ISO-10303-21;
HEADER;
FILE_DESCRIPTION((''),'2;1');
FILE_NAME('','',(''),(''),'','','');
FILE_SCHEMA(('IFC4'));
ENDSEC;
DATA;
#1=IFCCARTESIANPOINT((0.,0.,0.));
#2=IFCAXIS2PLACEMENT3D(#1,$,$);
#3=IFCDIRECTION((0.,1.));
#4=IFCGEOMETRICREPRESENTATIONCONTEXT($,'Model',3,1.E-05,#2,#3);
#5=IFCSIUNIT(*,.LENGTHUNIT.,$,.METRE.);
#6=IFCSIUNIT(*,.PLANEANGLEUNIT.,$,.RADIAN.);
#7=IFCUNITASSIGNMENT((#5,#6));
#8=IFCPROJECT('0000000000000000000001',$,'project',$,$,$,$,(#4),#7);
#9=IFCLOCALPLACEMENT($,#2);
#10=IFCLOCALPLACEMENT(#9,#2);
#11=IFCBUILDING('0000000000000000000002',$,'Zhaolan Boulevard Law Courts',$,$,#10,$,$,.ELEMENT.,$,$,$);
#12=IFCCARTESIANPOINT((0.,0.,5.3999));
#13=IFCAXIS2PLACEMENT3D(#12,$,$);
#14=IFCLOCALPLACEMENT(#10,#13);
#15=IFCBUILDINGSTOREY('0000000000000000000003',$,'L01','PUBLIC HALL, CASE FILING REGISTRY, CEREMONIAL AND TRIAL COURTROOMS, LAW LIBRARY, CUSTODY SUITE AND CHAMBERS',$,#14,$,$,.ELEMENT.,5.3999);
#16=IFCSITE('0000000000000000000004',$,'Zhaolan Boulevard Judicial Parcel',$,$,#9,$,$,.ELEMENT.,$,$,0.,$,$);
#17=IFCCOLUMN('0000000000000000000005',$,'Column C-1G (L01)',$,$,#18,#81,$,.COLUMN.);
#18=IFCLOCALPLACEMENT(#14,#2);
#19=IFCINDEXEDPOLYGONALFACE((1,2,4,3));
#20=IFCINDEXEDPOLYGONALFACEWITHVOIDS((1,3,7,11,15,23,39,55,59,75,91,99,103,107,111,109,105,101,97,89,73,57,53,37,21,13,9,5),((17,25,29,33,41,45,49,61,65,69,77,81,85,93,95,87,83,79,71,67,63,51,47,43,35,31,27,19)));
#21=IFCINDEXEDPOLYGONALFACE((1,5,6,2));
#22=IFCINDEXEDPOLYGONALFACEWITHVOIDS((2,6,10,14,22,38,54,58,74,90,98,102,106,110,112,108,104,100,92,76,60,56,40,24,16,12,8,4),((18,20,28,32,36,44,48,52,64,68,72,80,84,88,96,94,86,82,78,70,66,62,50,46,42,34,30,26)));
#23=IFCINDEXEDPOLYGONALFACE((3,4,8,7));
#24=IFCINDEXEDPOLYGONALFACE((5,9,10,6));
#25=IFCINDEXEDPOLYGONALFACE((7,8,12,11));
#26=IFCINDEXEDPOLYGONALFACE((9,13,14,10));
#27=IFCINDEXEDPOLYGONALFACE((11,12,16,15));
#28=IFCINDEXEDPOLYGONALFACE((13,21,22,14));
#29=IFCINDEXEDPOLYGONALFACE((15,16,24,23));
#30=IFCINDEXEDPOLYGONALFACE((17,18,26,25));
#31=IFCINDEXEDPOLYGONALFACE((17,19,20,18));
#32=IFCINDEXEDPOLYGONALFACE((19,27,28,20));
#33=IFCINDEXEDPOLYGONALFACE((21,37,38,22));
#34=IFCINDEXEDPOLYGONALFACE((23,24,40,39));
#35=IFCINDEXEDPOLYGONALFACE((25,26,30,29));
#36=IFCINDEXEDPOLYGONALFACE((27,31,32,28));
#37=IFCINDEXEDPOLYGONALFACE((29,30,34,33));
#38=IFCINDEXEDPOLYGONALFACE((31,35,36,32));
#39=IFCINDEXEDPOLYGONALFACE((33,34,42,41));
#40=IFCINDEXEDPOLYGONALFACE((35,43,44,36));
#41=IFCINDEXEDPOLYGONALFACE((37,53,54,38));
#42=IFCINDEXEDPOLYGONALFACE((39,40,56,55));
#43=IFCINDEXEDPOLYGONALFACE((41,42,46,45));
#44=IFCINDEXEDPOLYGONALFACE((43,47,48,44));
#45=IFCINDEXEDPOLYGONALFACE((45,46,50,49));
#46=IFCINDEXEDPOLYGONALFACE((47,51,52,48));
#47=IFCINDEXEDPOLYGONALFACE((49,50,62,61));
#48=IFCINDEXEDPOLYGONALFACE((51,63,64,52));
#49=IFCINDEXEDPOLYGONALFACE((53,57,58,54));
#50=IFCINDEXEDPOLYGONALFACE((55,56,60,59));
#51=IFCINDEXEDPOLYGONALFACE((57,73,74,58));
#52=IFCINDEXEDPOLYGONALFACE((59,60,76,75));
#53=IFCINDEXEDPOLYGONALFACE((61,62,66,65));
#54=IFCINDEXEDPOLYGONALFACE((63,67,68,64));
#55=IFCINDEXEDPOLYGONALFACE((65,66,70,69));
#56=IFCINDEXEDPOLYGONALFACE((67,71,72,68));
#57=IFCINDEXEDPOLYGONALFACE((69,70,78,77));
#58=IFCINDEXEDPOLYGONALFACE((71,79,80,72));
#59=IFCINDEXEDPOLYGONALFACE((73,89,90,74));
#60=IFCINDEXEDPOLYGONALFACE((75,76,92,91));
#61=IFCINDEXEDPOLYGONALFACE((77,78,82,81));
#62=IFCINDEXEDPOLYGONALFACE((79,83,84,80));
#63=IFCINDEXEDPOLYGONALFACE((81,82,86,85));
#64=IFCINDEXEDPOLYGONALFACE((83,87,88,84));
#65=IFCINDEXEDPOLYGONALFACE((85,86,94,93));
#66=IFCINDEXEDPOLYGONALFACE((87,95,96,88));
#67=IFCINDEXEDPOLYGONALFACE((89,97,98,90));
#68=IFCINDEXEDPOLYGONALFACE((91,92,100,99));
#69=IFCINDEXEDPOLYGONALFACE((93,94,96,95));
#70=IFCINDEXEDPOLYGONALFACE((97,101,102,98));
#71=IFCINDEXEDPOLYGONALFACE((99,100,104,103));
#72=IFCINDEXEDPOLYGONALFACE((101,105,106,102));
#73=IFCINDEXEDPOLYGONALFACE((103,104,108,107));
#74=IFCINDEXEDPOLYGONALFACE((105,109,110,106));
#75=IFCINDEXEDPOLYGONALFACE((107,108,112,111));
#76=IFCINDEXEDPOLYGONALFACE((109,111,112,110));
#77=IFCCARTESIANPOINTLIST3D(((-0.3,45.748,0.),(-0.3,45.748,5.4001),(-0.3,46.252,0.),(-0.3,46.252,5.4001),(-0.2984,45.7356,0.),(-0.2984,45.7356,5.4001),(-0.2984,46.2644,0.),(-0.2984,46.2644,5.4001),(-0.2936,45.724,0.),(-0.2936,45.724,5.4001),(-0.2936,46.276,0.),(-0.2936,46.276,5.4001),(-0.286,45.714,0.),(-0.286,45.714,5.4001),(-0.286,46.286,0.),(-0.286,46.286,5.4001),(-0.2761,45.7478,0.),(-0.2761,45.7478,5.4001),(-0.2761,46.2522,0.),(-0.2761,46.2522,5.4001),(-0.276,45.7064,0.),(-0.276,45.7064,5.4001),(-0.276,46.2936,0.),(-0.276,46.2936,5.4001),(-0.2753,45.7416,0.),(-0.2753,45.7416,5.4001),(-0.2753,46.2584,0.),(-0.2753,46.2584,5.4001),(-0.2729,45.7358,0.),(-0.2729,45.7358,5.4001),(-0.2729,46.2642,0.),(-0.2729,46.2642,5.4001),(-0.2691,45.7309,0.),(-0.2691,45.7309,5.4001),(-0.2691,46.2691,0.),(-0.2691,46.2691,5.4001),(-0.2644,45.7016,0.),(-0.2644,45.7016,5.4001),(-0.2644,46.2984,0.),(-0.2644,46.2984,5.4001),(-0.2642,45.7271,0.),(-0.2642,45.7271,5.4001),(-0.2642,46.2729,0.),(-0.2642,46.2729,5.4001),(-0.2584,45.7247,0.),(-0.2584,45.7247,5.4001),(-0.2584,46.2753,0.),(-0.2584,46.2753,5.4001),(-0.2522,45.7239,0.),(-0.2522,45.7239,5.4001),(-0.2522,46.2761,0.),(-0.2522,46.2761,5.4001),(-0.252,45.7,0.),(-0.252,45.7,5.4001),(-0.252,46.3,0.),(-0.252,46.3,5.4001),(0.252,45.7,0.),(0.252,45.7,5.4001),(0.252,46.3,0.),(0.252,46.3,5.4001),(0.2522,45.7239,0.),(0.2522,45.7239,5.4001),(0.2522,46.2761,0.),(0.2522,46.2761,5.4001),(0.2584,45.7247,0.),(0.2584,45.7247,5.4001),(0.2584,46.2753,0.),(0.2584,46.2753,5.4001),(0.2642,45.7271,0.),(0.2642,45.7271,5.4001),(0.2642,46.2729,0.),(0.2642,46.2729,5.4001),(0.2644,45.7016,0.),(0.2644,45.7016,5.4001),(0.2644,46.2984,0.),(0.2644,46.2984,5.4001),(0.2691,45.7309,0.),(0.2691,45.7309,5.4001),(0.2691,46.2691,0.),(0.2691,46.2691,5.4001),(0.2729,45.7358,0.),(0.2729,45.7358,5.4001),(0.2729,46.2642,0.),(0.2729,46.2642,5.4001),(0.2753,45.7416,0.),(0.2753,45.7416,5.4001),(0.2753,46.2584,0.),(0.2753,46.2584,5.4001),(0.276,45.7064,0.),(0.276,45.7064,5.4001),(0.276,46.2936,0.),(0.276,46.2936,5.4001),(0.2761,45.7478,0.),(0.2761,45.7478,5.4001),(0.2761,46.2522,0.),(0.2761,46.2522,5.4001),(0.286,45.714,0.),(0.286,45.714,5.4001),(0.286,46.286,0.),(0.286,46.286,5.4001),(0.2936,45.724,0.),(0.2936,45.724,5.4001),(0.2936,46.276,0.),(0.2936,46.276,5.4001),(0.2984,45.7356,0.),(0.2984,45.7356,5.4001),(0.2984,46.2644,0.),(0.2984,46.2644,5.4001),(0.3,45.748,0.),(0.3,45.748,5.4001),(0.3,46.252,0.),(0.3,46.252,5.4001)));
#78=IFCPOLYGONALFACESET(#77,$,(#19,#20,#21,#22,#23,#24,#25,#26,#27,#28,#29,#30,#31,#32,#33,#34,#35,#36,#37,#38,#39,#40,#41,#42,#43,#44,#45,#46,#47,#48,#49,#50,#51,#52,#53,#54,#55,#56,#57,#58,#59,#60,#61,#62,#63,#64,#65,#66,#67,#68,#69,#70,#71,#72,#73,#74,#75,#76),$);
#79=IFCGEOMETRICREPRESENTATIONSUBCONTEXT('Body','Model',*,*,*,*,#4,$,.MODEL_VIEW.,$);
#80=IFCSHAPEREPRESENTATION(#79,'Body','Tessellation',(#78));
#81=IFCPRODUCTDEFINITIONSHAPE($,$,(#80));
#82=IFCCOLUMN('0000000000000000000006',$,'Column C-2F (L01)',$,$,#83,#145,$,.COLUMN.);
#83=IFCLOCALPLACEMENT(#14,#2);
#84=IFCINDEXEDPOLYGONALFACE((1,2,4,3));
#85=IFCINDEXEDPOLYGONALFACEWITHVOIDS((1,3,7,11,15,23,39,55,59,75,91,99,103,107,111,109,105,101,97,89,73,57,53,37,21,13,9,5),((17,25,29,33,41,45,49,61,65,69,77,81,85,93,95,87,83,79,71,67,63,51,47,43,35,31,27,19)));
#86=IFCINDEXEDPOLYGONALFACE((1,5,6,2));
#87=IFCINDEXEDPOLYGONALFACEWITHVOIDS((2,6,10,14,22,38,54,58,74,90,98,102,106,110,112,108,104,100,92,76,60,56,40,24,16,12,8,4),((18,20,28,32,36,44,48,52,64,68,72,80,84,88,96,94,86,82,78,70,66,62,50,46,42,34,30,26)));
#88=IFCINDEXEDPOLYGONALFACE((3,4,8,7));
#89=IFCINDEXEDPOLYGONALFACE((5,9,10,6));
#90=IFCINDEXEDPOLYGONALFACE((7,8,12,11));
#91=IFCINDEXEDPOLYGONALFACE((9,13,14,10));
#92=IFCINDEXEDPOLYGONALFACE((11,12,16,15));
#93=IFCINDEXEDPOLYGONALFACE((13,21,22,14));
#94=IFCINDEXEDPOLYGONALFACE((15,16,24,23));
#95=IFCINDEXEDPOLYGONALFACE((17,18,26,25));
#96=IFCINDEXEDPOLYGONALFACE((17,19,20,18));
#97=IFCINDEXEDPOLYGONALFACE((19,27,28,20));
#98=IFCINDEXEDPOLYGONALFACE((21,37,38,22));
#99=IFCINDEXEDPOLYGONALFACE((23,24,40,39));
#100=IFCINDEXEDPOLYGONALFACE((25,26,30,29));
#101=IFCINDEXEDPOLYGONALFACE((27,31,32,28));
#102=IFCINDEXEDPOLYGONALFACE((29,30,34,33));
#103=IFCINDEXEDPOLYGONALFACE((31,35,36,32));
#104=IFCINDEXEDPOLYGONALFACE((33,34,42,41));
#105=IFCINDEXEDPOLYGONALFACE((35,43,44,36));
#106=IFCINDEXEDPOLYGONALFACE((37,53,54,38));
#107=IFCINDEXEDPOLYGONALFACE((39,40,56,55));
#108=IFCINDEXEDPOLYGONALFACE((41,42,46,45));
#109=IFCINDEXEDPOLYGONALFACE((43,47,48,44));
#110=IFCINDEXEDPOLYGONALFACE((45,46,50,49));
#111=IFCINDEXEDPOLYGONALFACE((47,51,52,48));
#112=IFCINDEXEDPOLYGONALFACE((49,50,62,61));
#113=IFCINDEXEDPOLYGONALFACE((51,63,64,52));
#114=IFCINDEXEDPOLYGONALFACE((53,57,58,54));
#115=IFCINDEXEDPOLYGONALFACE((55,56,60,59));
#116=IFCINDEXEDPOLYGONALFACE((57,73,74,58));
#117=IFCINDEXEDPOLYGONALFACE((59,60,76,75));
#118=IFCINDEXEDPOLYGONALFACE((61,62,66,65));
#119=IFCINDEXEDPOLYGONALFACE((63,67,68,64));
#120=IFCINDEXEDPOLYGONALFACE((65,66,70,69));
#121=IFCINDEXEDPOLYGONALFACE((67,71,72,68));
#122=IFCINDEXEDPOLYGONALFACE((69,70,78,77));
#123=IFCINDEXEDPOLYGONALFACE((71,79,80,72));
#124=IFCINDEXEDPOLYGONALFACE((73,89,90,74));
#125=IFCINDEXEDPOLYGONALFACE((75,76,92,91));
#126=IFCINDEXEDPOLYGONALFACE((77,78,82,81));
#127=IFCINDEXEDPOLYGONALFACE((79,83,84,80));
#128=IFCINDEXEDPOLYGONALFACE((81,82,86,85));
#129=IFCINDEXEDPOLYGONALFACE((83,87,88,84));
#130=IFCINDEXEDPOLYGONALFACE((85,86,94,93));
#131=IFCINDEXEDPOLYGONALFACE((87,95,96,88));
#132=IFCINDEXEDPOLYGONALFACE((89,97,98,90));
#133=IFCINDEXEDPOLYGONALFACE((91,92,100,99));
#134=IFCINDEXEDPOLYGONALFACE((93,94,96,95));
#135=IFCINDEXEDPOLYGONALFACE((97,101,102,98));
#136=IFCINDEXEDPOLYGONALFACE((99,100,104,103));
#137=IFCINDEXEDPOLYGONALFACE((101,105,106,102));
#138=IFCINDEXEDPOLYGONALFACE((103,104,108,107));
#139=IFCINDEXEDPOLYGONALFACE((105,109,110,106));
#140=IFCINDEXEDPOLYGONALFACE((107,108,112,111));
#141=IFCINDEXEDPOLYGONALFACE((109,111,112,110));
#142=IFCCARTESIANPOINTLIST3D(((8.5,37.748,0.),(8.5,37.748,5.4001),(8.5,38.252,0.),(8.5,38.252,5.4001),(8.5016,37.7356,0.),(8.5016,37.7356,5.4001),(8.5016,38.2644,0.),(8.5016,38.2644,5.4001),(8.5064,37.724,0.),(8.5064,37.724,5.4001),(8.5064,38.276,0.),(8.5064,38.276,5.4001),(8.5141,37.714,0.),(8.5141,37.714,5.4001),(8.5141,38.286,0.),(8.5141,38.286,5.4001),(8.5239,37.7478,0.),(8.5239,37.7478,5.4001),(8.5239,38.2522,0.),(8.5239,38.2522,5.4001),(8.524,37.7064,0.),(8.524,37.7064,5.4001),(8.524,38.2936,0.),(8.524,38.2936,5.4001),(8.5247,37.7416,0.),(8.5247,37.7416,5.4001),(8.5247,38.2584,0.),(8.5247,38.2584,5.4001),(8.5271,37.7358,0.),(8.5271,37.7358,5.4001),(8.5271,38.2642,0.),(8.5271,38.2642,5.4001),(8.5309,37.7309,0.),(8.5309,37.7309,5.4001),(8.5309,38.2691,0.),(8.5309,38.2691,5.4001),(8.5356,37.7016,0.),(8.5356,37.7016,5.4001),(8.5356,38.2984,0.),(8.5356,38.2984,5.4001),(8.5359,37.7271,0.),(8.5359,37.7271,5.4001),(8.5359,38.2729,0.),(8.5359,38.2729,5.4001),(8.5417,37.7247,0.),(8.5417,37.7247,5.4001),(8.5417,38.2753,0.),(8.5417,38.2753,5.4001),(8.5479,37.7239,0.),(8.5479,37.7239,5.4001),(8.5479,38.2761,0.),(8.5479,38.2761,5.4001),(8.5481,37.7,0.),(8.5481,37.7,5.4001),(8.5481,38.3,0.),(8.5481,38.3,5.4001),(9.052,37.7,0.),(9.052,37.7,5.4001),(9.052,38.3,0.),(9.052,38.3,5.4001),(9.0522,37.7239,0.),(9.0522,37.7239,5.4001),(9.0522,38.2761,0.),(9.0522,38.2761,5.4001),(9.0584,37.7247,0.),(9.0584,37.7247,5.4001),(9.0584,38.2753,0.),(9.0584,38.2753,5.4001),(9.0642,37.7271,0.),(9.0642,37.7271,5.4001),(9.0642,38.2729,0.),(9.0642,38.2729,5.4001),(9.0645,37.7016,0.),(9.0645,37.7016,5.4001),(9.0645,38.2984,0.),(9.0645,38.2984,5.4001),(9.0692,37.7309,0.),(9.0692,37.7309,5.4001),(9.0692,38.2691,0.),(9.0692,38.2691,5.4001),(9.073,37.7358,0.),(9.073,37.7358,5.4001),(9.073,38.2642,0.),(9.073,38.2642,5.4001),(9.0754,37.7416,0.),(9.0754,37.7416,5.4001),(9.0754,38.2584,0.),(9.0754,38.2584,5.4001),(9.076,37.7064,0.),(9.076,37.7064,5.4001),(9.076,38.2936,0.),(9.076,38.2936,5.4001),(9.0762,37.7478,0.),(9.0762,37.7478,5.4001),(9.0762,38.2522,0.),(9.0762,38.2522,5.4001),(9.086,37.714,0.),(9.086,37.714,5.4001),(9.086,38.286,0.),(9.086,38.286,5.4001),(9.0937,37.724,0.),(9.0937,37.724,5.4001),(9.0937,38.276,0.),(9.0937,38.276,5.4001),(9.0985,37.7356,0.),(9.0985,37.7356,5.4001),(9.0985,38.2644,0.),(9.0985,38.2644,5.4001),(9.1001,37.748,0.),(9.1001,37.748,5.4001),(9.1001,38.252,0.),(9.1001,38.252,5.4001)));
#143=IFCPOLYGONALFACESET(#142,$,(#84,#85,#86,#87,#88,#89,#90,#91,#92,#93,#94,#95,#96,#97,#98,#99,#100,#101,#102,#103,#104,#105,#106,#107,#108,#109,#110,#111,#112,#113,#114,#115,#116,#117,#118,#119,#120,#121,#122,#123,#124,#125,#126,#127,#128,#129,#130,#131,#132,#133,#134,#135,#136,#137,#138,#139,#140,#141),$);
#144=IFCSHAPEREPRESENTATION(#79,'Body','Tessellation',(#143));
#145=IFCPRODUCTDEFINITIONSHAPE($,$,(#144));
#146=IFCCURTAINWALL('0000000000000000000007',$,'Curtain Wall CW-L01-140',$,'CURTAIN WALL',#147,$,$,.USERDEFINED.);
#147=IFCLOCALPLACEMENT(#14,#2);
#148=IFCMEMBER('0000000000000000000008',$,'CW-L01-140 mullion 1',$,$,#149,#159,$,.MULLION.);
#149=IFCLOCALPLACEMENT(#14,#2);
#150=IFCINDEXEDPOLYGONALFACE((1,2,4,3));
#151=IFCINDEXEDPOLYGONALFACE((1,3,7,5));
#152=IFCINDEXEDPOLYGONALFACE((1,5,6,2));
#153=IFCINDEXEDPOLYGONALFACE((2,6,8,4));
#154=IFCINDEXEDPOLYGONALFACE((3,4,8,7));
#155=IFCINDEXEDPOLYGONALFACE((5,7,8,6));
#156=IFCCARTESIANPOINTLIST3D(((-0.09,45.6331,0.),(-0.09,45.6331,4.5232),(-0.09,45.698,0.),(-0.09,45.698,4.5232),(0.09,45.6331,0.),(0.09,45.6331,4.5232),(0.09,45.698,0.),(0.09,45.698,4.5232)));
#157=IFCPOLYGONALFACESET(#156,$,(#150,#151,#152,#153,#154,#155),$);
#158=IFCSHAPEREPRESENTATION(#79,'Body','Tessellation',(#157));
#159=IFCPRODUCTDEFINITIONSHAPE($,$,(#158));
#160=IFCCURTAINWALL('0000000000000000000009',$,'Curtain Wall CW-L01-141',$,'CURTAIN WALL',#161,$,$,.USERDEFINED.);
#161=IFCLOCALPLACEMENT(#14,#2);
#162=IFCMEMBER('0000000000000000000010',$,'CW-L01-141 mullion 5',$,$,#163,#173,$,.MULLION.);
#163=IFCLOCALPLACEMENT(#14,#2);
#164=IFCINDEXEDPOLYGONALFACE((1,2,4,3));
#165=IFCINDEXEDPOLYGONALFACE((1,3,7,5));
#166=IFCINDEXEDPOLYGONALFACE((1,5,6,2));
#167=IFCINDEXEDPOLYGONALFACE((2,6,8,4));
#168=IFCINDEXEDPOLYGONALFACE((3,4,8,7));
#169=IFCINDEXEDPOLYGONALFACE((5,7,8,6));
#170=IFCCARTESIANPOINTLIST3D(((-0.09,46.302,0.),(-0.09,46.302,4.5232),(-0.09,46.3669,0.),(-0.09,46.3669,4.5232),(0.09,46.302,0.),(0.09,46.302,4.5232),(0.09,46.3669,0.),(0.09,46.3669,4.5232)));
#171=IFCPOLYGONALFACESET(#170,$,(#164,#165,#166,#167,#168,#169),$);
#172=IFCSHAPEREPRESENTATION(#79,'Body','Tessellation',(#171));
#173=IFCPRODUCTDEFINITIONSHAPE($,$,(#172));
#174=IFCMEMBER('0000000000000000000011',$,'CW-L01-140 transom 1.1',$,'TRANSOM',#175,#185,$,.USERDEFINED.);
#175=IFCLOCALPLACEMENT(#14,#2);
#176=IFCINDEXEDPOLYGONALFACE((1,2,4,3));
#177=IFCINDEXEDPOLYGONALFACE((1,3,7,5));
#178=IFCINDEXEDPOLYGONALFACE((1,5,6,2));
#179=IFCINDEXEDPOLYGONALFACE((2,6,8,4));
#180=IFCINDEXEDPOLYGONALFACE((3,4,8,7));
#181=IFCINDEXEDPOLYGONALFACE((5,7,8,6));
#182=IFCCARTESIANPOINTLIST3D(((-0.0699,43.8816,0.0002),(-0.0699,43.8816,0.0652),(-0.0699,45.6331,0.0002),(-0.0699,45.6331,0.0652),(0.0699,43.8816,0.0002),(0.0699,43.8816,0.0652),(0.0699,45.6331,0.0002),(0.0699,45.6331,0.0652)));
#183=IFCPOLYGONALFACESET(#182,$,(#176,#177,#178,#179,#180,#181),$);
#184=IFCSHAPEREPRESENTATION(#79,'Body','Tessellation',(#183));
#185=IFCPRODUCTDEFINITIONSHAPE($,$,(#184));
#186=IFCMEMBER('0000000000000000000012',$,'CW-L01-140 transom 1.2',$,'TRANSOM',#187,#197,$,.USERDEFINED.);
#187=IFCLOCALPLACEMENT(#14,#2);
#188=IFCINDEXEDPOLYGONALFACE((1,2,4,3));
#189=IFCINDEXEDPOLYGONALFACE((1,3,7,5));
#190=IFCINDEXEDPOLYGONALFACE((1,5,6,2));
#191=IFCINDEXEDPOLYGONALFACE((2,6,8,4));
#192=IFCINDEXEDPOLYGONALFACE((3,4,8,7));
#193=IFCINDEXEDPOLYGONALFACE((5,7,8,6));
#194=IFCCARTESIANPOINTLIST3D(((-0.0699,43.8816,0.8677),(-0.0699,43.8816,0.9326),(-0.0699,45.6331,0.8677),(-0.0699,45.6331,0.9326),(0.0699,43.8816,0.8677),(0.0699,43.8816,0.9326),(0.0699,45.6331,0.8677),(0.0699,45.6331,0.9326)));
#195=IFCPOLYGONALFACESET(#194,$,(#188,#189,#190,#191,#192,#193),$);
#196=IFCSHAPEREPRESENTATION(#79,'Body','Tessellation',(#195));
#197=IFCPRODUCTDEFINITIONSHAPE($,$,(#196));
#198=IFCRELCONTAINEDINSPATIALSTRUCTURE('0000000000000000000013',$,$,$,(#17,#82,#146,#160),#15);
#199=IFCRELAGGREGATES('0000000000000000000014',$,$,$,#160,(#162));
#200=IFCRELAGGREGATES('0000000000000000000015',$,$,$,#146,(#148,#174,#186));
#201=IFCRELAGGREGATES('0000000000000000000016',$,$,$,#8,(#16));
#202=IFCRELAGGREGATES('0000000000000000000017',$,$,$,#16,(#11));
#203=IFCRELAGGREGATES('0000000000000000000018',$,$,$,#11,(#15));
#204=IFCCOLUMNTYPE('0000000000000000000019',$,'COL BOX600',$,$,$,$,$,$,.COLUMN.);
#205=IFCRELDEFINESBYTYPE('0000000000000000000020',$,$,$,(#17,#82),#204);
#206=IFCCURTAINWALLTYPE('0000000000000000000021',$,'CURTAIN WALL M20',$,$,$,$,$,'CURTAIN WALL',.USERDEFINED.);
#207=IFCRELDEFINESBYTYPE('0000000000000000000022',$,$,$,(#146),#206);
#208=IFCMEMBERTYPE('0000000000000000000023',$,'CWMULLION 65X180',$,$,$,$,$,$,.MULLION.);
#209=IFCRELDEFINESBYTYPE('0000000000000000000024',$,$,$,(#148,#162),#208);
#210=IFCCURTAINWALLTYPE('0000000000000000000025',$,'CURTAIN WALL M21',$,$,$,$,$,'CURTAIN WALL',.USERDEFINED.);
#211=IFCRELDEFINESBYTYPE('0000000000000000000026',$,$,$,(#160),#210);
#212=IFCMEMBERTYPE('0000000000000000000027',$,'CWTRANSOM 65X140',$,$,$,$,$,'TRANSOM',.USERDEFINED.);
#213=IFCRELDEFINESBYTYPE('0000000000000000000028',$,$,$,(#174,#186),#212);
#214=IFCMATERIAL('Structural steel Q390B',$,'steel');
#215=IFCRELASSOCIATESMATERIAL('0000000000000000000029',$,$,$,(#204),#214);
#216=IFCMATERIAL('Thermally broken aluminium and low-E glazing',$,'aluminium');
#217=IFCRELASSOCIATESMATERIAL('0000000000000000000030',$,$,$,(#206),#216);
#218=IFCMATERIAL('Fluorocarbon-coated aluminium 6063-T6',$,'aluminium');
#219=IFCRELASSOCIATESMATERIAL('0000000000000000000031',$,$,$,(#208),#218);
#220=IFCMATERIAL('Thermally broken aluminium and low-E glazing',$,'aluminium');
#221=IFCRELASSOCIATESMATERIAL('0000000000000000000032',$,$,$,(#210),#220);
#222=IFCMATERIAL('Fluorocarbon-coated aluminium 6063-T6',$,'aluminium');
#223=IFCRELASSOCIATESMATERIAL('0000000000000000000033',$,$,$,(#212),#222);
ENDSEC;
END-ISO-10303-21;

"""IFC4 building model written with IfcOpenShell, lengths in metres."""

from ifc_helpers import new_model, si_unit, direction, frame, origin, origin_2d, place, context, subcontext, project, spatial, rectangle, hollow_rectangle, extrude, material, material_profile, profile_set, type_object, element, aggregate, save


model = new_model("IFC4")

# Units and contexts
model_context = context("Model", 3, precision=1e-05, world=origin(), true_north=direction((0.0, 1.0)))
body_context = subcontext(model_context, "Body", "Model", "MODEL_VIEW")
ifc_project = project(units=[si_unit("LENGTHUNIT", "METRE"), si_unit("PLANEANGLEUNIT", "RADIAN")], contexts=[model_context])

# Site, building, storey
site_placement = place(None, origin())
site = spatial("IfcSite", under=ifc_project, at=site_placement, Name="Zhaolan Boulevard Judicial Parcel", CompositionType="ELEMENT", RefElevation=0.0)
building_placement = place(site_placement, origin())
building = spatial("IfcBuilding", under=site, at=building_placement, Name="Zhaolan Boulevard Law Courts", CompositionType="ELEMENT")
storey_placement = place(building_placement, frame((0.0, 0.0, 5.3999)))
storey = spatial("IfcBuildingStorey", under=building, at=storey_placement, Name="L01", Description="PUBLIC HALL, CASE FILING REGISTRY, CEREMONIAL AND TRIAL COURTROOMS, LAW LIBRARY, CUSTODY SUITE AND CHAMBERS", CompositionType="ELEMENT", Elevation=5.3999)

# Columns
ifc_material_1 = material(Name="Structural steel Q390B", Category="steel")
ifc_material_profile_1 = material_profile(ifc_material_1, hollow_rectangle(XDim=0.6001, YDim=0.6001, WallThickness=0.0239, InnerFilletRadius=0.0239, OuterFilletRadius=0.0481, at=origin_2d()), Name="BOX600x600x24")
ifc_profile_set_1 = profile_set([ifc_material_profile_1], Name="Structural steel Q390B")
column_type = type_object("IfcColumnType", Name="COL BOX600", PredefinedType="COLUMN", material=ifc_profile_set_1)
for number, where, z_axis, x_axis, name in (
    (1, (0.0, 46.0, 0.0), (0.0, 0.0, 1.0), (1.0, 0.0, 0.0), "Column C-1G (L01)"),
    (2, (8.8, 38.0, 0.0), (0.0, 0.0, 1.0), (1.0, 0.0, 0.0), "Column C-2F (L01)"),
):
    element("IfcColumn", number, at=place(storey_placement, frame(where, z_axis=z_axis, x_axis=x_axis)), inside=storey, type_object=column_type, Name=name, PredefinedType="COLUMN", context=body_context, shape_type="SweptSolid", body=[
        extrude(hollow_rectangle(XDim=0.6001, YDim=0.6001, WallThickness=0.0239, InnerFilletRadius=0.0239, OuterFilletRadius=0.0481, at=origin_2d()), origin(), (0.0, 0.0, 1.0), 5.4001),
    ])

# Curtain walls, members
ifc_material_2 = material(Name="Thermally broken aluminium and low-E glazing", Category="aluminium")
curtain_wall_type_1 = type_object("IfcCurtainWallType", Name="CURTAIN WALL M20", ElementType="CURTAIN WALL", PredefinedType="USERDEFINED", material=ifc_material_2)
curtain_wall_1_placement = place(storey_placement, origin())
curtain_wall_1 = element("IfcCurtainWall", 3, at=curtain_wall_1_placement, inside=storey, type_object=curtain_wall_type_1, Name="Curtain Wall CW-L01-140", ObjectType="CURTAIN WALL", PredefinedType="USERDEFINED")
ifc_material_3 = material(Name="Fluorocarbon-coated aluminium 6063-T6", Category="aluminium")
ifc_material_profile_2 = material_profile(ifc_material_3, rectangle(XDim=0.1799, YDim=0.0649, at=origin_2d()), Name="AL65x180")
ifc_profile_set_2 = profile_set([ifc_material_profile_2], Name="Fluorocarbon-coated aluminium 6063-T6")
member_type_1 = type_object("IfcMemberType", Name="CWMULLION 65X180", PredefinedType="MULLION", material=ifc_profile_set_2)
member_1_placement = place(storey_placement, frame((0.0, 45.6655, 0.0), z_axis=(0.0, 0.0, 1.0), x_axis=(1.0, 0.0, 0.0)))
member_1 = element("IfcMember", 4, at=member_1_placement, type_object=member_type_1, Name="CW-L01-140 mullion 1", PredefinedType="MULLION", context=body_context, shape_type="SweptSolid", body=[
    extrude(rectangle(XDim=0.1799, YDim=0.0649, at=origin_2d()), origin(), (0.0, 0.0, 1.0), 4.5232),
])
ifc_material_4 = material(Name="Thermally broken aluminium and low-E glazing", Category="aluminium")
curtain_wall_type_2 = type_object("IfcCurtainWallType", Name="CURTAIN WALL M21", ElementType="CURTAIN WALL", PredefinedType="USERDEFINED", material=ifc_material_4)
curtain_wall_2_placement = place(storey_placement, origin())
curtain_wall_2 = element("IfcCurtainWall", 5, at=curtain_wall_2_placement, inside=storey, type_object=curtain_wall_type_2, Name="Curtain Wall CW-L01-141", ObjectType="CURTAIN WALL", PredefinedType="USERDEFINED")
member_2_placement = place(storey_placement, frame((0.0, 46.3345, 0.0), z_axis=(0.0, 0.0, 1.0), x_axis=(1.0, 0.0, 0.0)))
member_2 = element("IfcMember", 6, at=member_2_placement, type_object=member_type_1, Name="CW-L01-141 mullion 5", PredefinedType="MULLION", context=body_context, shape_type="SweptSolid", body=[
    extrude(rectangle(XDim=0.1799, YDim=0.0649, at=origin_2d()), origin(), (0.0, 0.0, 1.0), 4.5232),
])
aggregate(curtain_wall_2, [member_2])

# Members
ifc_material_5 = material(Name="Fluorocarbon-coated aluminium 6063-T6", Category="aluminium")
ifc_material_profile_3 = material_profile(ifc_material_5, rectangle(XDim=0.1399, YDim=0.0649, at=origin_2d()), Name="AL65x140")
ifc_profile_set_3 = profile_set([ifc_material_profile_3], Name="Fluorocarbon-coated aluminium 6063-T6")
member_type_2 = type_object("IfcMemberType", Name="CWTRANSOM 65X140", ElementType="TRANSOM", PredefinedType="USERDEFINED", material=ifc_profile_set_3)
member_3_placement = place(storey_placement, frame((0.0, 45.6331, 0.0327), z_axis=(0.0, -1.0, 0.0), x_axis=(1.0, 0.0, 0.0)))
member_3 = element("IfcMember", 7, at=member_3_placement, type_object=member_type_2, Name="CW-L01-140 transom 1.1", ObjectType="TRANSOM", PredefinedType="USERDEFINED", context=body_context, shape_type="SweptSolid", body=[
    extrude(rectangle(XDim=0.1399, YDim=0.0649, at=origin_2d()), origin(), (0.0, 0.0, 1.0), 1.7515),
])
member_4_placement = place(storey_placement, frame((0.0, 45.6331, 0.9001), z_axis=(0.0, -1.0, 0.0), x_axis=(1.0, 0.0, 0.0)))
member_4 = element("IfcMember", 8, at=member_4_placement, type_object=member_type_2, Name="CW-L01-140 transom 1.2", ObjectType="TRANSOM", PredefinedType="USERDEFINED", context=body_context, shape_type="SweptSolid", body=[
    extrude(rectangle(XDim=0.1399, YDim=0.0649, at=origin_2d()), origin(), (0.0, 0.0, 1.0), 1.7515),
])
aggregate(curtain_wall_1, [member_1, member_3, member_4])

save(model, "model.ifc")
